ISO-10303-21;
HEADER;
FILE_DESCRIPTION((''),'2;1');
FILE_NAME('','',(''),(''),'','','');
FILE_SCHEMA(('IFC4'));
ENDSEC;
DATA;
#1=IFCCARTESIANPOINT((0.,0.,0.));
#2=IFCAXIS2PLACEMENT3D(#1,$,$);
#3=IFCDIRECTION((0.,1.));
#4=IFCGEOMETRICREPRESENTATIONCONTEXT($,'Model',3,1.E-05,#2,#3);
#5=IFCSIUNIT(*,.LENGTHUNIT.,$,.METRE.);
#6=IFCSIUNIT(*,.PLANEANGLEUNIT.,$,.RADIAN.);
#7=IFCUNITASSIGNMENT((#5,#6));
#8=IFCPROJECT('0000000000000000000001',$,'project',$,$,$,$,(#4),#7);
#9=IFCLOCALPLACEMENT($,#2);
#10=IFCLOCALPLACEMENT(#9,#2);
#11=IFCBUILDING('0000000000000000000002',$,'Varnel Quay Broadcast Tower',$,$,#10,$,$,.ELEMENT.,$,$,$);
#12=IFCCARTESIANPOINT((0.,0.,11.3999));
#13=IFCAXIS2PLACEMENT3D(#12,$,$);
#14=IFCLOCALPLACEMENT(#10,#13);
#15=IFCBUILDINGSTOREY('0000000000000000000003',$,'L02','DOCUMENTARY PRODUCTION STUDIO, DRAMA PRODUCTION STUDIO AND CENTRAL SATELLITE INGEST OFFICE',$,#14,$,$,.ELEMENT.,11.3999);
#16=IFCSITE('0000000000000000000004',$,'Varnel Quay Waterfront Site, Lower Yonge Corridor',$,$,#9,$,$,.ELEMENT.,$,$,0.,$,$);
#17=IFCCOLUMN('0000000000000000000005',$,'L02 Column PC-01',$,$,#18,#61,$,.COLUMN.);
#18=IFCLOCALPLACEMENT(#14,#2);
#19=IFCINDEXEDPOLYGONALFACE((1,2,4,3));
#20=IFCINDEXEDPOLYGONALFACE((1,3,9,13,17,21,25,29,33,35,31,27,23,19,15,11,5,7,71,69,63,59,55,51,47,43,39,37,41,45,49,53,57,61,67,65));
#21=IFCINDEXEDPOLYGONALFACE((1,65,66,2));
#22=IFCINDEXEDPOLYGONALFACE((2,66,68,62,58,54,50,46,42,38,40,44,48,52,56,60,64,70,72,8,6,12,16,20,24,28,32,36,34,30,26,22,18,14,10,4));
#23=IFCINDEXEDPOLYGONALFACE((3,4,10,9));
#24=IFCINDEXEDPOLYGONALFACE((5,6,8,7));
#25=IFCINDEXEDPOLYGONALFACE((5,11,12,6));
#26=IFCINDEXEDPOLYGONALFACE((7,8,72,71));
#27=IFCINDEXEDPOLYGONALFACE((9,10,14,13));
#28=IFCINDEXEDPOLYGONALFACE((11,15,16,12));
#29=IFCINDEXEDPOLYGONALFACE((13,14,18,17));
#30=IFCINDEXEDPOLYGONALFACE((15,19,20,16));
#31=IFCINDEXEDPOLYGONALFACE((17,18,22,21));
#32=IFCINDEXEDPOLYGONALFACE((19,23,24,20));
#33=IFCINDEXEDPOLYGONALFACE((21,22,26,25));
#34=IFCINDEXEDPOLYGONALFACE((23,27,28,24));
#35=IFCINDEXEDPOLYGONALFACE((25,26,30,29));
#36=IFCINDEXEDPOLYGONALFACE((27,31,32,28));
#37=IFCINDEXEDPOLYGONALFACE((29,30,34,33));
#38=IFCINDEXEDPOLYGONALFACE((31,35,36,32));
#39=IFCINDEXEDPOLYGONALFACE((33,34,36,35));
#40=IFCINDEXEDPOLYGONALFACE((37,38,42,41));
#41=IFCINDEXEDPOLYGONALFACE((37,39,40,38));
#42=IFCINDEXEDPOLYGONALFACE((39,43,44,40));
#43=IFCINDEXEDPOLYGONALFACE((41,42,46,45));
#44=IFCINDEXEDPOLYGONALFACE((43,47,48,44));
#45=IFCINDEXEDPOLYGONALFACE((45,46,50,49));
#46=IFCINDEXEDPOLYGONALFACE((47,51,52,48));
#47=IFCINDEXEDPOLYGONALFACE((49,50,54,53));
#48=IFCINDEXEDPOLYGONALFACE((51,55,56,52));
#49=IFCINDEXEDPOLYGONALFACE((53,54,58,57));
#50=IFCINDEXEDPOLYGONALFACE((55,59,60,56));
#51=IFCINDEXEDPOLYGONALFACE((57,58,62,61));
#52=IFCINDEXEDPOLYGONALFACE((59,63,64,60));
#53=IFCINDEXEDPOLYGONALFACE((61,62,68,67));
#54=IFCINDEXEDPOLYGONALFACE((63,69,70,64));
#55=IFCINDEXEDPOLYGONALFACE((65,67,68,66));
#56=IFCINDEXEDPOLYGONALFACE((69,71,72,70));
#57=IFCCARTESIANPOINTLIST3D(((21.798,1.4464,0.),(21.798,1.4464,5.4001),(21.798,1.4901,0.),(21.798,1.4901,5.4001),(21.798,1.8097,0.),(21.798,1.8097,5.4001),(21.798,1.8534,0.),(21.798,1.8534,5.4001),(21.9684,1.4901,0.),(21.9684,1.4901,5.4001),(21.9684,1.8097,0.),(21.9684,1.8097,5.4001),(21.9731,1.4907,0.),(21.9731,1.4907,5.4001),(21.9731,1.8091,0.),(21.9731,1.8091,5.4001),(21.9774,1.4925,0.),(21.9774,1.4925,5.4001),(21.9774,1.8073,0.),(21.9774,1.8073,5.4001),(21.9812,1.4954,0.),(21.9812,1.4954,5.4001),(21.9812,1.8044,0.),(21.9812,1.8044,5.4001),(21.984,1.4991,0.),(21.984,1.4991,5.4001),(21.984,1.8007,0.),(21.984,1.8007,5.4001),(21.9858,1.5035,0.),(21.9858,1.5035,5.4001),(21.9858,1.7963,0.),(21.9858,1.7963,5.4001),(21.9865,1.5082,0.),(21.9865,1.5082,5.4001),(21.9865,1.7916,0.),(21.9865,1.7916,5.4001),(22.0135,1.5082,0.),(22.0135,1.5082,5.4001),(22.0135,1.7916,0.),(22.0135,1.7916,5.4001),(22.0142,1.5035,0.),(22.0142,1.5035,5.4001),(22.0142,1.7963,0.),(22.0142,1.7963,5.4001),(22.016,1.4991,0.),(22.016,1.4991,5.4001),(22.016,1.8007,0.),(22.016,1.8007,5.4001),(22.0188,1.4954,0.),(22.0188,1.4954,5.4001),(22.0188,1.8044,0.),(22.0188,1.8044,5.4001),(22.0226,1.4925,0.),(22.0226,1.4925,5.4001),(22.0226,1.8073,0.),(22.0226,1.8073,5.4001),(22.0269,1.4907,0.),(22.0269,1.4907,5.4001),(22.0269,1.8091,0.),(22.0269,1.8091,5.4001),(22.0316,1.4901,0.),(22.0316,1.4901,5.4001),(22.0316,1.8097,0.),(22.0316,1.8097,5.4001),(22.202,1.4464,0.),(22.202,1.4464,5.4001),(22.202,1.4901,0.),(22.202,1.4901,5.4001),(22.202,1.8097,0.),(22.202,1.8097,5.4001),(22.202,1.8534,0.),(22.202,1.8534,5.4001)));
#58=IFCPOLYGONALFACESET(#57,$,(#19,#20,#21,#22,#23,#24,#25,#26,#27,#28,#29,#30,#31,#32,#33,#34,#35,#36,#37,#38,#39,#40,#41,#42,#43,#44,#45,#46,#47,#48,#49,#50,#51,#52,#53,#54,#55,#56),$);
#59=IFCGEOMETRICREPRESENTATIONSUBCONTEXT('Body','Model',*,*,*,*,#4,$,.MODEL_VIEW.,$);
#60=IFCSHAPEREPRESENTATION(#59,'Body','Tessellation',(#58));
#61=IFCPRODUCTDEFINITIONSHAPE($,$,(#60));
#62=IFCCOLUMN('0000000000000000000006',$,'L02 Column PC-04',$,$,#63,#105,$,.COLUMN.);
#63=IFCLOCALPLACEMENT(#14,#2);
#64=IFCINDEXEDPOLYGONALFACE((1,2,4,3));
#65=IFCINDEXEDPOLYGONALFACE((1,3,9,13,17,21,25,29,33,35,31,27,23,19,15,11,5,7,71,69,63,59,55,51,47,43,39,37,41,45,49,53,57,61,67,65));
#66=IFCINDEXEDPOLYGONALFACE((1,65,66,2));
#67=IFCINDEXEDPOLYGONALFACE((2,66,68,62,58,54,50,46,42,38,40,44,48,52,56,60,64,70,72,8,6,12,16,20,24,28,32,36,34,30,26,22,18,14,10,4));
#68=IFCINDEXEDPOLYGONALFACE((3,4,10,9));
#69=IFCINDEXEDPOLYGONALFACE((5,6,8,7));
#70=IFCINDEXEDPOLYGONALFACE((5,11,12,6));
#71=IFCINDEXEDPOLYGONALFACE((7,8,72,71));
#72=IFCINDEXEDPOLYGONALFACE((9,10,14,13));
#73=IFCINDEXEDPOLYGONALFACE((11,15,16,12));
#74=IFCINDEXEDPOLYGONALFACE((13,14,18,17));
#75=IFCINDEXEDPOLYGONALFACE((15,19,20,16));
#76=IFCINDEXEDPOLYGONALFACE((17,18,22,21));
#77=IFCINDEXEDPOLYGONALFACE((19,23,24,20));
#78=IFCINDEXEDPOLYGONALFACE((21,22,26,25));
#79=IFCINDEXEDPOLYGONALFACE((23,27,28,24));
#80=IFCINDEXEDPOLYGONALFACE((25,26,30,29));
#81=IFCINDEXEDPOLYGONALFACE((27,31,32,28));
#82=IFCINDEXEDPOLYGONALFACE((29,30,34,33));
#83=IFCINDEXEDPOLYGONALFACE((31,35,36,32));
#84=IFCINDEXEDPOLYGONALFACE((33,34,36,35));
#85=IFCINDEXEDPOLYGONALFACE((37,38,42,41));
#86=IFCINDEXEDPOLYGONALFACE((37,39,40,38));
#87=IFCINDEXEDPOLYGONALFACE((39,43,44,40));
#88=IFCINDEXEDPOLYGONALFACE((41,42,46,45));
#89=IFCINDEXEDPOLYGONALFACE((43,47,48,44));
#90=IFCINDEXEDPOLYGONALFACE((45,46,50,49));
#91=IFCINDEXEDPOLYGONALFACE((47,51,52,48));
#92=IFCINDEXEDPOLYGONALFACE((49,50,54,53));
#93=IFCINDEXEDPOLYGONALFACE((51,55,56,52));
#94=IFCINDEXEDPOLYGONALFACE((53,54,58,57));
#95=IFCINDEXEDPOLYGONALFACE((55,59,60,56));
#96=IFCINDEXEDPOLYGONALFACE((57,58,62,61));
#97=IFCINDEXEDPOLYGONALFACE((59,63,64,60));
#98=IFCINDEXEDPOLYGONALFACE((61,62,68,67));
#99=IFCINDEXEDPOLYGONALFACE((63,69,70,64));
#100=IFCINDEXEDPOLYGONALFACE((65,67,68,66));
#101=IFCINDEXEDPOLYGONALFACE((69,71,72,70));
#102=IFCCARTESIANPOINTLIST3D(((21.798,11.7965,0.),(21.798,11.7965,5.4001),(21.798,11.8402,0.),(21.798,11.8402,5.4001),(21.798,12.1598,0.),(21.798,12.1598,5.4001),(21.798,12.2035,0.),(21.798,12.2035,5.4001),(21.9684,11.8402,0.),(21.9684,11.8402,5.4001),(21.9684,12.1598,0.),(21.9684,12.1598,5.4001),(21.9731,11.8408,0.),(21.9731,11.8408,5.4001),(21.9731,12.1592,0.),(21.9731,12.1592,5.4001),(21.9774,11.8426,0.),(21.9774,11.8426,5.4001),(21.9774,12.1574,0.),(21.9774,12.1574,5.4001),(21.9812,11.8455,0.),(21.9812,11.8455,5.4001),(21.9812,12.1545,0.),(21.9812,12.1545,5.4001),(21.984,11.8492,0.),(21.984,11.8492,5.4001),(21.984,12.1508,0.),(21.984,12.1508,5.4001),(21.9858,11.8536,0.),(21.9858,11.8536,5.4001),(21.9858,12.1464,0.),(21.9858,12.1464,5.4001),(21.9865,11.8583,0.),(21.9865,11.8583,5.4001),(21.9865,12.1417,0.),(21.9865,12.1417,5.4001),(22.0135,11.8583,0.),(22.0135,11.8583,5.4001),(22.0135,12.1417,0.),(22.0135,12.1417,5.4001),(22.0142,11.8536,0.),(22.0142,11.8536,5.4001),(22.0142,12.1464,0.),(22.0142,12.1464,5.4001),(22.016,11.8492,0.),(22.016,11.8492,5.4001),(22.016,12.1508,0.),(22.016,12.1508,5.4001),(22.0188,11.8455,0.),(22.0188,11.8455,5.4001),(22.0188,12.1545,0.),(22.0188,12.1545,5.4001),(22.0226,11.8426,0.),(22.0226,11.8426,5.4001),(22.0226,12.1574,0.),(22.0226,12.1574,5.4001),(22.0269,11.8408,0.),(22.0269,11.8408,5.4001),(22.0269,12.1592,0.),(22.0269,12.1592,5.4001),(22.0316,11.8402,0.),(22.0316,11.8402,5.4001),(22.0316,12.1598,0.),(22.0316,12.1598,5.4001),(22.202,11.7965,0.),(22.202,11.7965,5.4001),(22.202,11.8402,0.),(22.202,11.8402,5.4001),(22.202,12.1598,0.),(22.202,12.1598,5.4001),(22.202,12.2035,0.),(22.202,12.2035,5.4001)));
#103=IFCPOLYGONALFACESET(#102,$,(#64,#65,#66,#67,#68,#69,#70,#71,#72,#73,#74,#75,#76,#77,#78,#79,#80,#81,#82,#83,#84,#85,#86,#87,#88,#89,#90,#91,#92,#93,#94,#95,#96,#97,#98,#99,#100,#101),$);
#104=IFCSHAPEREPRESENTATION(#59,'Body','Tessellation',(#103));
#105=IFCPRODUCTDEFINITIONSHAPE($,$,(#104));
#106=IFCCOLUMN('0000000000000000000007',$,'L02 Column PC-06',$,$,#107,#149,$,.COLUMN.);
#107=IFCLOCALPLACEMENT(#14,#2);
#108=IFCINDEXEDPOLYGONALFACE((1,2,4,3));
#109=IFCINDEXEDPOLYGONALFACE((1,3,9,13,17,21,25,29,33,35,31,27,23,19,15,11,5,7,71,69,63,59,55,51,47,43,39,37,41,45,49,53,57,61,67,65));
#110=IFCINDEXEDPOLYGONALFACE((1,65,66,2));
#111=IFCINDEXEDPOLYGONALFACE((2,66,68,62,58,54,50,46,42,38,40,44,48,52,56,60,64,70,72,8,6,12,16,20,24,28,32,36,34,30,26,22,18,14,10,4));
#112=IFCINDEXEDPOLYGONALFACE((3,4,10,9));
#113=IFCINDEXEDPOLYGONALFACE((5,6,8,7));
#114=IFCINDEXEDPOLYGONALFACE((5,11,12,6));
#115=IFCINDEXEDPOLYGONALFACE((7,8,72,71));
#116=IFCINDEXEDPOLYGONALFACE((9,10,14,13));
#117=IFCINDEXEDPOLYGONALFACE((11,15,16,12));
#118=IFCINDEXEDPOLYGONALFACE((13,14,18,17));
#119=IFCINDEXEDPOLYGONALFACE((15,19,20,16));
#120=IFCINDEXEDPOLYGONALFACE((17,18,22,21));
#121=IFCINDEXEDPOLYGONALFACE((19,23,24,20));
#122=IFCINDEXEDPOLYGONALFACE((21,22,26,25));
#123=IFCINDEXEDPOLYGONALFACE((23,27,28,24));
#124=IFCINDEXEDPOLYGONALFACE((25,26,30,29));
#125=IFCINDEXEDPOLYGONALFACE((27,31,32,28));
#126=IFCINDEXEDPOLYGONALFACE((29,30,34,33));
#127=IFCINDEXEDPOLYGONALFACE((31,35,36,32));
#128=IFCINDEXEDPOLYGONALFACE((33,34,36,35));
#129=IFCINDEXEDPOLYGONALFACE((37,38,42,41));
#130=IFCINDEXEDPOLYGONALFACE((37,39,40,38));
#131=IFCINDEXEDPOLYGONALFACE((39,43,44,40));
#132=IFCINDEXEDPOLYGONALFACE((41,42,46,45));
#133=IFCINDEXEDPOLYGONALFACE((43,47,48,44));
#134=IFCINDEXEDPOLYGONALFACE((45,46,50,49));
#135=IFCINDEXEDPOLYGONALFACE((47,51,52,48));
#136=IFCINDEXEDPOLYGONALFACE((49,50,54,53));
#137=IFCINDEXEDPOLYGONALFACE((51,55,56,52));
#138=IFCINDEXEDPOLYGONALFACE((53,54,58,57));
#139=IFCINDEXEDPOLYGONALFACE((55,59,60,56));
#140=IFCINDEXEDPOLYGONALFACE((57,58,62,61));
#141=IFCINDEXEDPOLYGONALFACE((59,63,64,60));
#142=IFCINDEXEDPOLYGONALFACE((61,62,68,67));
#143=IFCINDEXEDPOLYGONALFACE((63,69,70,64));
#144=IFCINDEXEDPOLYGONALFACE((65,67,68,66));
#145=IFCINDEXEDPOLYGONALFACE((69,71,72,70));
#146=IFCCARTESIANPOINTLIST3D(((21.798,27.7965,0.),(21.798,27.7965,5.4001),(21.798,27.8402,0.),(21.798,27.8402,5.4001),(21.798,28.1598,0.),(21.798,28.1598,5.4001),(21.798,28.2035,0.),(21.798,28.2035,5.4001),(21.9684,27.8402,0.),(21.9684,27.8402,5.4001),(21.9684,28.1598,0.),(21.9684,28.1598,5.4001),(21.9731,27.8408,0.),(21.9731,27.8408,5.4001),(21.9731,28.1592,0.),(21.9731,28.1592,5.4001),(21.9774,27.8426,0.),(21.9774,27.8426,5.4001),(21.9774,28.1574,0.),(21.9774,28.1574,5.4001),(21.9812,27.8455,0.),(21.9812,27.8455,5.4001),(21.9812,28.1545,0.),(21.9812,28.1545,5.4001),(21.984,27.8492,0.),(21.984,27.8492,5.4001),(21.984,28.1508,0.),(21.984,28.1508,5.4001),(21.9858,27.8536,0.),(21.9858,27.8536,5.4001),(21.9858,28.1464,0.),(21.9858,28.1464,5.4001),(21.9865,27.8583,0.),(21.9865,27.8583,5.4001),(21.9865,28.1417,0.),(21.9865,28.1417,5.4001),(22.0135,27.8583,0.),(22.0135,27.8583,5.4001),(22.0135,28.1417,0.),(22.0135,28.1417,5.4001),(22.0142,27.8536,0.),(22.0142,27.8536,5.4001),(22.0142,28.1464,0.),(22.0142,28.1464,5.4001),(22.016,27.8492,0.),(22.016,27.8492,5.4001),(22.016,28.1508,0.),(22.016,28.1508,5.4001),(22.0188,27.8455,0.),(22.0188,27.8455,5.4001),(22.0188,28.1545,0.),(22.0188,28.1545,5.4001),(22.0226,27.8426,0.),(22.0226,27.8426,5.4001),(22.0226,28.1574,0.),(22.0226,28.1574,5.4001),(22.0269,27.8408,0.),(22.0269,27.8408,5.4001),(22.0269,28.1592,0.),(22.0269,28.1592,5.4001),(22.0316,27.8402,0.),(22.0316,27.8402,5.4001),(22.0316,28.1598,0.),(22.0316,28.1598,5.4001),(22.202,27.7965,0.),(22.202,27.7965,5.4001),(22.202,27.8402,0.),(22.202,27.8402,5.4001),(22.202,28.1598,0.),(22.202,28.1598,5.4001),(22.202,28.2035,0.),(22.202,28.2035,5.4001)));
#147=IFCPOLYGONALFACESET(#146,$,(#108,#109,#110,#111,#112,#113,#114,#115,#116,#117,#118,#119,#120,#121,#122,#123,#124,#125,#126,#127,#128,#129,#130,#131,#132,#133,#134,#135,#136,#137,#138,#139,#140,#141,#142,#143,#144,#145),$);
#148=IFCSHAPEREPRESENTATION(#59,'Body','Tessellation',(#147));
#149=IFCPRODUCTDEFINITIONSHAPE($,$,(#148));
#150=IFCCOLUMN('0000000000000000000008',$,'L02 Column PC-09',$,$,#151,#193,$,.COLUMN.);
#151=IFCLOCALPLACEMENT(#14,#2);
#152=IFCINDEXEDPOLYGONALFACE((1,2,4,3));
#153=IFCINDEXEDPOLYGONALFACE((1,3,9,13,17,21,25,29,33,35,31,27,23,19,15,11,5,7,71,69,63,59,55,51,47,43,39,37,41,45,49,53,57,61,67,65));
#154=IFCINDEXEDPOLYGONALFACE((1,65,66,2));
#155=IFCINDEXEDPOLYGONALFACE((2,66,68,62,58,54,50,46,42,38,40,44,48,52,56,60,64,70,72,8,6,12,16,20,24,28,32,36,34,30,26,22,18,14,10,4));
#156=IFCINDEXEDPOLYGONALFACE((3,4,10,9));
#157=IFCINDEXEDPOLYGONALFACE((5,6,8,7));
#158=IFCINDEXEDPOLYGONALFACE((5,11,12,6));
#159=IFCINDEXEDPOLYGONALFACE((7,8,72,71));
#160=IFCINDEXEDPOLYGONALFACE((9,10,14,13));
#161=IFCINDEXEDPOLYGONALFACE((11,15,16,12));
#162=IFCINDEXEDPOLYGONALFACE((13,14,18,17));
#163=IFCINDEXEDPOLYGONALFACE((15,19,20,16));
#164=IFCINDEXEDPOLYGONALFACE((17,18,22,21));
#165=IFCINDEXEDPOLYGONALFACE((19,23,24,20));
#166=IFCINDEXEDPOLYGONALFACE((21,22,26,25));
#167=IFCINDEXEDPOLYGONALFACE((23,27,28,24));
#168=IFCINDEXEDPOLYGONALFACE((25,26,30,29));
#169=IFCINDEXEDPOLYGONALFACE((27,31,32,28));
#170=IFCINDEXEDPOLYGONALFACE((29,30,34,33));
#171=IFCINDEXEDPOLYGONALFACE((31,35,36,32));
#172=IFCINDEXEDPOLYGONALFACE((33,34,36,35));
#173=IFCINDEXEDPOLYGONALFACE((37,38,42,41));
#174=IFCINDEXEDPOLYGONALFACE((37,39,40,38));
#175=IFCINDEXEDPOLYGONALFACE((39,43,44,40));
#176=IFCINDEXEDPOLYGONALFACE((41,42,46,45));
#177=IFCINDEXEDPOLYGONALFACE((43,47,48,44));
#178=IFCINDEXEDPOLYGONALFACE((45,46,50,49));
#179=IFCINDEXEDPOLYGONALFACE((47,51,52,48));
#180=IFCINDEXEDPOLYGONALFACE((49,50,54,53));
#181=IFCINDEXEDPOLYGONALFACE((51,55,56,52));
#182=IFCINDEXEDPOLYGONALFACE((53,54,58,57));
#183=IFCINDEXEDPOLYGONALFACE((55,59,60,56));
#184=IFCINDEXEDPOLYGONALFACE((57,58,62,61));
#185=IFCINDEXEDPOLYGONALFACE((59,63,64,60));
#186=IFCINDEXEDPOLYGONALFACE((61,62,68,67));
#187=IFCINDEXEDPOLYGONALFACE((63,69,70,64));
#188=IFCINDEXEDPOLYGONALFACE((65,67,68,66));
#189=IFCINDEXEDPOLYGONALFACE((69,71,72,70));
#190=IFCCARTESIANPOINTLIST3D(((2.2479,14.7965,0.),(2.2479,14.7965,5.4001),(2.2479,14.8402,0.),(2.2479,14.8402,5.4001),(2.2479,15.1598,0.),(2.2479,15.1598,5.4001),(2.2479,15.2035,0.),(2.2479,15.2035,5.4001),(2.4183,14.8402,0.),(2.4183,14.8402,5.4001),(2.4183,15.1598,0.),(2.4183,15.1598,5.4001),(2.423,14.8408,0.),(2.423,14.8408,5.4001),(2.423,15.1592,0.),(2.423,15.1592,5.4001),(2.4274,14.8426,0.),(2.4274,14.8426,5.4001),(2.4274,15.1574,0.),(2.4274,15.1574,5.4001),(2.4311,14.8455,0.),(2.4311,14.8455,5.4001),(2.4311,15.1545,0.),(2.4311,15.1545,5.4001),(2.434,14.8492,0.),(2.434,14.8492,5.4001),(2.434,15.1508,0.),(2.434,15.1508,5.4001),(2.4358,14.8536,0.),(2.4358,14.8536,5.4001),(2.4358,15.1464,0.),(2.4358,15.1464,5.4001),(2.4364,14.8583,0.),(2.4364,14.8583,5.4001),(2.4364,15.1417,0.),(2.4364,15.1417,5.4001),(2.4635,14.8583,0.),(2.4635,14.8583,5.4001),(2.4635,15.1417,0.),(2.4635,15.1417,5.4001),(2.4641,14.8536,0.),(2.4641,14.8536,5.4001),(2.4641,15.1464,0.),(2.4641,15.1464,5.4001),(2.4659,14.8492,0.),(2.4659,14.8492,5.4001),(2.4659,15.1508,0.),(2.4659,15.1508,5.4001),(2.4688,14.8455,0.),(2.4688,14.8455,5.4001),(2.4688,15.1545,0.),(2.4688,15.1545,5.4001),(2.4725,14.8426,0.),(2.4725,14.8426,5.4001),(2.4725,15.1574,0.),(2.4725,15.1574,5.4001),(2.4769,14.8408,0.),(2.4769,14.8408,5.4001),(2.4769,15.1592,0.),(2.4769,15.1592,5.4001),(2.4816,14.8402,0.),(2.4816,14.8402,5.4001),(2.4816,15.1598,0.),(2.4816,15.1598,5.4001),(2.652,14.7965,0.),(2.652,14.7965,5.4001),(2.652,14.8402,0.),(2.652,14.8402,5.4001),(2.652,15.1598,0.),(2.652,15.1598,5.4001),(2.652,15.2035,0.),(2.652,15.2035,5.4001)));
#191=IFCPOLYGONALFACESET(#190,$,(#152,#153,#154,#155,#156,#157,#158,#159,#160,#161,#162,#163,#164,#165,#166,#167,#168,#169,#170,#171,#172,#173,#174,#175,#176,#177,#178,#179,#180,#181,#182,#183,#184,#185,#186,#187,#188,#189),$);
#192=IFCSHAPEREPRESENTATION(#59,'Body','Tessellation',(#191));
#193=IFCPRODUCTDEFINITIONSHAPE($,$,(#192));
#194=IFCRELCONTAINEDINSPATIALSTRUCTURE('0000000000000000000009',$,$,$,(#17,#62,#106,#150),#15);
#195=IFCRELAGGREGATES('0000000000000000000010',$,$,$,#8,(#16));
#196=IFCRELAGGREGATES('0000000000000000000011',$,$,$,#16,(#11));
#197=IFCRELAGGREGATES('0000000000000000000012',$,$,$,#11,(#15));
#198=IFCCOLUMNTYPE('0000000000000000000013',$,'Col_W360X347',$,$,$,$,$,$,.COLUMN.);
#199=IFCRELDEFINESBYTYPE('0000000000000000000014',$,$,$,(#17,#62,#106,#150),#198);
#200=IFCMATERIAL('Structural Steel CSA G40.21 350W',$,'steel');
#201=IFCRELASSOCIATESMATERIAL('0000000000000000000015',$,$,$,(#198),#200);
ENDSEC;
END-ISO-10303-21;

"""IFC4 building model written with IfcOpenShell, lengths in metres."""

from ifc_helpers import new_model, si_unit, direction, frame, origin, origin_2d, place, context, subcontext, project, spatial, i_section, extrude, source, transform, mapped, material, material_profile, profile_set, type_object, type_shapes, element, save


model = new_model("IFC4")

# Units and contexts
model_context = context("Model", 3, precision=1e-05, world=origin(), true_north=direction((0.0, 1.0)))
body_context = subcontext(model_context, "Body", "Model", "MODEL_VIEW")
ifc_project = project(units=[si_unit("LENGTHUNIT", "METRE"), si_unit("PLANEANGLEUNIT", "RADIAN")], contexts=[model_context])

# Site, building, storey
site_placement = place(None, origin())
site = spatial("IfcSite", under=ifc_project, at=site_placement, Name="Varnel Quay Waterfront Site, Lower Yonge Corridor", CompositionType="ELEMENT", RefElevation=0.0)
building_placement = place(site_placement, origin())
building = spatial("IfcBuilding", under=site, at=building_placement, Name="Varnel Quay Broadcast Tower", CompositionType="ELEMENT")
storey_placement = place(building_placement, frame((0.0, 0.0, 11.3999)))
storey = spatial("IfcBuildingStorey", under=building, at=storey_placement, Name="L02", Description="DOCUMENTARY PRODUCTION STUDIO, DRAMA PRODUCTION STUDIO AND CENTRAL SATELLITE INGEST OFFICE", CompositionType="ELEMENT", Elevation=11.3999)

# Columns
ifc_material_1 = material(Name="Structural Steel CSA G40.21 350W", Category="steel")
ifc_material_profile_1 = material_profile(ifc_material_1, i_section(OverallWidth=0.4041, OverallDepth=0.407, WebThickness=0.0271, FlangeThickness=0.0437, FilletRadius=0.0181, at=origin_2d()), Name="W360X347")
ifc_profile_set_1 = profile_set([ifc_material_profile_1], Name="Structural Steel CSA G40.21 350W")
column_type = type_object("IfcColumnType", Name="Col_W360X347", PredefinedType="COLUMN", material=ifc_profile_set_1)
shared_shape_1 = source(origin(), body_context, "Body", "SweptSolid", [
    extrude(i_section(OverallWidth=0.4041, OverallDepth=0.407, WebThickness=0.0271, FlangeThickness=0.0437, FilletRadius=0.0181, at=origin_2d()), origin(), (0.0, 0.0, 1.0), 5.4001),
])
type_shapes(column_type, [shared_shape_1])
for number, where, z_axis, x_axis, name in (
    (1, (22.0, 1.6499, 0.0), (0.0, 0.0, 1.0), (1.0, 0.0, 0.0), "L02 Column PC-01"),
    (2, (22.0, 12.0, 0.0), (0.0, 0.0, 1.0), (1.0, 0.0, 0.0), "L02 Column PC-04"),
    (3, (22.0, 28.0, 0.0), (0.0, 0.0, 1.0), (1.0, 0.0, 0.0), "L02 Column PC-06"),
    (4, (2.45, 15.0, 0.0), (0.0, 0.0, 1.0), (1.0, 0.0, 0.0), "L02 Column PC-09"),
):
    element("IfcColumn", number, at=place(storey_placement, frame(where, z_axis=z_axis, x_axis=x_axis)), inside=storey, type_object=column_type, Name=name, PredefinedType="COLUMN", context=body_context, shape_type="MappedRepresentation", body=[
        mapped(shared_shape_1, transform((0.0, 0.0, 0.0), x_axis=(1.0, 0.0, 0.0), y_axis=(0.0, 1.0, 0.0), z_axis=(0.0, 0.0, 1.0), scale=1.0)),
    ])

save(model, "model.ifc")
